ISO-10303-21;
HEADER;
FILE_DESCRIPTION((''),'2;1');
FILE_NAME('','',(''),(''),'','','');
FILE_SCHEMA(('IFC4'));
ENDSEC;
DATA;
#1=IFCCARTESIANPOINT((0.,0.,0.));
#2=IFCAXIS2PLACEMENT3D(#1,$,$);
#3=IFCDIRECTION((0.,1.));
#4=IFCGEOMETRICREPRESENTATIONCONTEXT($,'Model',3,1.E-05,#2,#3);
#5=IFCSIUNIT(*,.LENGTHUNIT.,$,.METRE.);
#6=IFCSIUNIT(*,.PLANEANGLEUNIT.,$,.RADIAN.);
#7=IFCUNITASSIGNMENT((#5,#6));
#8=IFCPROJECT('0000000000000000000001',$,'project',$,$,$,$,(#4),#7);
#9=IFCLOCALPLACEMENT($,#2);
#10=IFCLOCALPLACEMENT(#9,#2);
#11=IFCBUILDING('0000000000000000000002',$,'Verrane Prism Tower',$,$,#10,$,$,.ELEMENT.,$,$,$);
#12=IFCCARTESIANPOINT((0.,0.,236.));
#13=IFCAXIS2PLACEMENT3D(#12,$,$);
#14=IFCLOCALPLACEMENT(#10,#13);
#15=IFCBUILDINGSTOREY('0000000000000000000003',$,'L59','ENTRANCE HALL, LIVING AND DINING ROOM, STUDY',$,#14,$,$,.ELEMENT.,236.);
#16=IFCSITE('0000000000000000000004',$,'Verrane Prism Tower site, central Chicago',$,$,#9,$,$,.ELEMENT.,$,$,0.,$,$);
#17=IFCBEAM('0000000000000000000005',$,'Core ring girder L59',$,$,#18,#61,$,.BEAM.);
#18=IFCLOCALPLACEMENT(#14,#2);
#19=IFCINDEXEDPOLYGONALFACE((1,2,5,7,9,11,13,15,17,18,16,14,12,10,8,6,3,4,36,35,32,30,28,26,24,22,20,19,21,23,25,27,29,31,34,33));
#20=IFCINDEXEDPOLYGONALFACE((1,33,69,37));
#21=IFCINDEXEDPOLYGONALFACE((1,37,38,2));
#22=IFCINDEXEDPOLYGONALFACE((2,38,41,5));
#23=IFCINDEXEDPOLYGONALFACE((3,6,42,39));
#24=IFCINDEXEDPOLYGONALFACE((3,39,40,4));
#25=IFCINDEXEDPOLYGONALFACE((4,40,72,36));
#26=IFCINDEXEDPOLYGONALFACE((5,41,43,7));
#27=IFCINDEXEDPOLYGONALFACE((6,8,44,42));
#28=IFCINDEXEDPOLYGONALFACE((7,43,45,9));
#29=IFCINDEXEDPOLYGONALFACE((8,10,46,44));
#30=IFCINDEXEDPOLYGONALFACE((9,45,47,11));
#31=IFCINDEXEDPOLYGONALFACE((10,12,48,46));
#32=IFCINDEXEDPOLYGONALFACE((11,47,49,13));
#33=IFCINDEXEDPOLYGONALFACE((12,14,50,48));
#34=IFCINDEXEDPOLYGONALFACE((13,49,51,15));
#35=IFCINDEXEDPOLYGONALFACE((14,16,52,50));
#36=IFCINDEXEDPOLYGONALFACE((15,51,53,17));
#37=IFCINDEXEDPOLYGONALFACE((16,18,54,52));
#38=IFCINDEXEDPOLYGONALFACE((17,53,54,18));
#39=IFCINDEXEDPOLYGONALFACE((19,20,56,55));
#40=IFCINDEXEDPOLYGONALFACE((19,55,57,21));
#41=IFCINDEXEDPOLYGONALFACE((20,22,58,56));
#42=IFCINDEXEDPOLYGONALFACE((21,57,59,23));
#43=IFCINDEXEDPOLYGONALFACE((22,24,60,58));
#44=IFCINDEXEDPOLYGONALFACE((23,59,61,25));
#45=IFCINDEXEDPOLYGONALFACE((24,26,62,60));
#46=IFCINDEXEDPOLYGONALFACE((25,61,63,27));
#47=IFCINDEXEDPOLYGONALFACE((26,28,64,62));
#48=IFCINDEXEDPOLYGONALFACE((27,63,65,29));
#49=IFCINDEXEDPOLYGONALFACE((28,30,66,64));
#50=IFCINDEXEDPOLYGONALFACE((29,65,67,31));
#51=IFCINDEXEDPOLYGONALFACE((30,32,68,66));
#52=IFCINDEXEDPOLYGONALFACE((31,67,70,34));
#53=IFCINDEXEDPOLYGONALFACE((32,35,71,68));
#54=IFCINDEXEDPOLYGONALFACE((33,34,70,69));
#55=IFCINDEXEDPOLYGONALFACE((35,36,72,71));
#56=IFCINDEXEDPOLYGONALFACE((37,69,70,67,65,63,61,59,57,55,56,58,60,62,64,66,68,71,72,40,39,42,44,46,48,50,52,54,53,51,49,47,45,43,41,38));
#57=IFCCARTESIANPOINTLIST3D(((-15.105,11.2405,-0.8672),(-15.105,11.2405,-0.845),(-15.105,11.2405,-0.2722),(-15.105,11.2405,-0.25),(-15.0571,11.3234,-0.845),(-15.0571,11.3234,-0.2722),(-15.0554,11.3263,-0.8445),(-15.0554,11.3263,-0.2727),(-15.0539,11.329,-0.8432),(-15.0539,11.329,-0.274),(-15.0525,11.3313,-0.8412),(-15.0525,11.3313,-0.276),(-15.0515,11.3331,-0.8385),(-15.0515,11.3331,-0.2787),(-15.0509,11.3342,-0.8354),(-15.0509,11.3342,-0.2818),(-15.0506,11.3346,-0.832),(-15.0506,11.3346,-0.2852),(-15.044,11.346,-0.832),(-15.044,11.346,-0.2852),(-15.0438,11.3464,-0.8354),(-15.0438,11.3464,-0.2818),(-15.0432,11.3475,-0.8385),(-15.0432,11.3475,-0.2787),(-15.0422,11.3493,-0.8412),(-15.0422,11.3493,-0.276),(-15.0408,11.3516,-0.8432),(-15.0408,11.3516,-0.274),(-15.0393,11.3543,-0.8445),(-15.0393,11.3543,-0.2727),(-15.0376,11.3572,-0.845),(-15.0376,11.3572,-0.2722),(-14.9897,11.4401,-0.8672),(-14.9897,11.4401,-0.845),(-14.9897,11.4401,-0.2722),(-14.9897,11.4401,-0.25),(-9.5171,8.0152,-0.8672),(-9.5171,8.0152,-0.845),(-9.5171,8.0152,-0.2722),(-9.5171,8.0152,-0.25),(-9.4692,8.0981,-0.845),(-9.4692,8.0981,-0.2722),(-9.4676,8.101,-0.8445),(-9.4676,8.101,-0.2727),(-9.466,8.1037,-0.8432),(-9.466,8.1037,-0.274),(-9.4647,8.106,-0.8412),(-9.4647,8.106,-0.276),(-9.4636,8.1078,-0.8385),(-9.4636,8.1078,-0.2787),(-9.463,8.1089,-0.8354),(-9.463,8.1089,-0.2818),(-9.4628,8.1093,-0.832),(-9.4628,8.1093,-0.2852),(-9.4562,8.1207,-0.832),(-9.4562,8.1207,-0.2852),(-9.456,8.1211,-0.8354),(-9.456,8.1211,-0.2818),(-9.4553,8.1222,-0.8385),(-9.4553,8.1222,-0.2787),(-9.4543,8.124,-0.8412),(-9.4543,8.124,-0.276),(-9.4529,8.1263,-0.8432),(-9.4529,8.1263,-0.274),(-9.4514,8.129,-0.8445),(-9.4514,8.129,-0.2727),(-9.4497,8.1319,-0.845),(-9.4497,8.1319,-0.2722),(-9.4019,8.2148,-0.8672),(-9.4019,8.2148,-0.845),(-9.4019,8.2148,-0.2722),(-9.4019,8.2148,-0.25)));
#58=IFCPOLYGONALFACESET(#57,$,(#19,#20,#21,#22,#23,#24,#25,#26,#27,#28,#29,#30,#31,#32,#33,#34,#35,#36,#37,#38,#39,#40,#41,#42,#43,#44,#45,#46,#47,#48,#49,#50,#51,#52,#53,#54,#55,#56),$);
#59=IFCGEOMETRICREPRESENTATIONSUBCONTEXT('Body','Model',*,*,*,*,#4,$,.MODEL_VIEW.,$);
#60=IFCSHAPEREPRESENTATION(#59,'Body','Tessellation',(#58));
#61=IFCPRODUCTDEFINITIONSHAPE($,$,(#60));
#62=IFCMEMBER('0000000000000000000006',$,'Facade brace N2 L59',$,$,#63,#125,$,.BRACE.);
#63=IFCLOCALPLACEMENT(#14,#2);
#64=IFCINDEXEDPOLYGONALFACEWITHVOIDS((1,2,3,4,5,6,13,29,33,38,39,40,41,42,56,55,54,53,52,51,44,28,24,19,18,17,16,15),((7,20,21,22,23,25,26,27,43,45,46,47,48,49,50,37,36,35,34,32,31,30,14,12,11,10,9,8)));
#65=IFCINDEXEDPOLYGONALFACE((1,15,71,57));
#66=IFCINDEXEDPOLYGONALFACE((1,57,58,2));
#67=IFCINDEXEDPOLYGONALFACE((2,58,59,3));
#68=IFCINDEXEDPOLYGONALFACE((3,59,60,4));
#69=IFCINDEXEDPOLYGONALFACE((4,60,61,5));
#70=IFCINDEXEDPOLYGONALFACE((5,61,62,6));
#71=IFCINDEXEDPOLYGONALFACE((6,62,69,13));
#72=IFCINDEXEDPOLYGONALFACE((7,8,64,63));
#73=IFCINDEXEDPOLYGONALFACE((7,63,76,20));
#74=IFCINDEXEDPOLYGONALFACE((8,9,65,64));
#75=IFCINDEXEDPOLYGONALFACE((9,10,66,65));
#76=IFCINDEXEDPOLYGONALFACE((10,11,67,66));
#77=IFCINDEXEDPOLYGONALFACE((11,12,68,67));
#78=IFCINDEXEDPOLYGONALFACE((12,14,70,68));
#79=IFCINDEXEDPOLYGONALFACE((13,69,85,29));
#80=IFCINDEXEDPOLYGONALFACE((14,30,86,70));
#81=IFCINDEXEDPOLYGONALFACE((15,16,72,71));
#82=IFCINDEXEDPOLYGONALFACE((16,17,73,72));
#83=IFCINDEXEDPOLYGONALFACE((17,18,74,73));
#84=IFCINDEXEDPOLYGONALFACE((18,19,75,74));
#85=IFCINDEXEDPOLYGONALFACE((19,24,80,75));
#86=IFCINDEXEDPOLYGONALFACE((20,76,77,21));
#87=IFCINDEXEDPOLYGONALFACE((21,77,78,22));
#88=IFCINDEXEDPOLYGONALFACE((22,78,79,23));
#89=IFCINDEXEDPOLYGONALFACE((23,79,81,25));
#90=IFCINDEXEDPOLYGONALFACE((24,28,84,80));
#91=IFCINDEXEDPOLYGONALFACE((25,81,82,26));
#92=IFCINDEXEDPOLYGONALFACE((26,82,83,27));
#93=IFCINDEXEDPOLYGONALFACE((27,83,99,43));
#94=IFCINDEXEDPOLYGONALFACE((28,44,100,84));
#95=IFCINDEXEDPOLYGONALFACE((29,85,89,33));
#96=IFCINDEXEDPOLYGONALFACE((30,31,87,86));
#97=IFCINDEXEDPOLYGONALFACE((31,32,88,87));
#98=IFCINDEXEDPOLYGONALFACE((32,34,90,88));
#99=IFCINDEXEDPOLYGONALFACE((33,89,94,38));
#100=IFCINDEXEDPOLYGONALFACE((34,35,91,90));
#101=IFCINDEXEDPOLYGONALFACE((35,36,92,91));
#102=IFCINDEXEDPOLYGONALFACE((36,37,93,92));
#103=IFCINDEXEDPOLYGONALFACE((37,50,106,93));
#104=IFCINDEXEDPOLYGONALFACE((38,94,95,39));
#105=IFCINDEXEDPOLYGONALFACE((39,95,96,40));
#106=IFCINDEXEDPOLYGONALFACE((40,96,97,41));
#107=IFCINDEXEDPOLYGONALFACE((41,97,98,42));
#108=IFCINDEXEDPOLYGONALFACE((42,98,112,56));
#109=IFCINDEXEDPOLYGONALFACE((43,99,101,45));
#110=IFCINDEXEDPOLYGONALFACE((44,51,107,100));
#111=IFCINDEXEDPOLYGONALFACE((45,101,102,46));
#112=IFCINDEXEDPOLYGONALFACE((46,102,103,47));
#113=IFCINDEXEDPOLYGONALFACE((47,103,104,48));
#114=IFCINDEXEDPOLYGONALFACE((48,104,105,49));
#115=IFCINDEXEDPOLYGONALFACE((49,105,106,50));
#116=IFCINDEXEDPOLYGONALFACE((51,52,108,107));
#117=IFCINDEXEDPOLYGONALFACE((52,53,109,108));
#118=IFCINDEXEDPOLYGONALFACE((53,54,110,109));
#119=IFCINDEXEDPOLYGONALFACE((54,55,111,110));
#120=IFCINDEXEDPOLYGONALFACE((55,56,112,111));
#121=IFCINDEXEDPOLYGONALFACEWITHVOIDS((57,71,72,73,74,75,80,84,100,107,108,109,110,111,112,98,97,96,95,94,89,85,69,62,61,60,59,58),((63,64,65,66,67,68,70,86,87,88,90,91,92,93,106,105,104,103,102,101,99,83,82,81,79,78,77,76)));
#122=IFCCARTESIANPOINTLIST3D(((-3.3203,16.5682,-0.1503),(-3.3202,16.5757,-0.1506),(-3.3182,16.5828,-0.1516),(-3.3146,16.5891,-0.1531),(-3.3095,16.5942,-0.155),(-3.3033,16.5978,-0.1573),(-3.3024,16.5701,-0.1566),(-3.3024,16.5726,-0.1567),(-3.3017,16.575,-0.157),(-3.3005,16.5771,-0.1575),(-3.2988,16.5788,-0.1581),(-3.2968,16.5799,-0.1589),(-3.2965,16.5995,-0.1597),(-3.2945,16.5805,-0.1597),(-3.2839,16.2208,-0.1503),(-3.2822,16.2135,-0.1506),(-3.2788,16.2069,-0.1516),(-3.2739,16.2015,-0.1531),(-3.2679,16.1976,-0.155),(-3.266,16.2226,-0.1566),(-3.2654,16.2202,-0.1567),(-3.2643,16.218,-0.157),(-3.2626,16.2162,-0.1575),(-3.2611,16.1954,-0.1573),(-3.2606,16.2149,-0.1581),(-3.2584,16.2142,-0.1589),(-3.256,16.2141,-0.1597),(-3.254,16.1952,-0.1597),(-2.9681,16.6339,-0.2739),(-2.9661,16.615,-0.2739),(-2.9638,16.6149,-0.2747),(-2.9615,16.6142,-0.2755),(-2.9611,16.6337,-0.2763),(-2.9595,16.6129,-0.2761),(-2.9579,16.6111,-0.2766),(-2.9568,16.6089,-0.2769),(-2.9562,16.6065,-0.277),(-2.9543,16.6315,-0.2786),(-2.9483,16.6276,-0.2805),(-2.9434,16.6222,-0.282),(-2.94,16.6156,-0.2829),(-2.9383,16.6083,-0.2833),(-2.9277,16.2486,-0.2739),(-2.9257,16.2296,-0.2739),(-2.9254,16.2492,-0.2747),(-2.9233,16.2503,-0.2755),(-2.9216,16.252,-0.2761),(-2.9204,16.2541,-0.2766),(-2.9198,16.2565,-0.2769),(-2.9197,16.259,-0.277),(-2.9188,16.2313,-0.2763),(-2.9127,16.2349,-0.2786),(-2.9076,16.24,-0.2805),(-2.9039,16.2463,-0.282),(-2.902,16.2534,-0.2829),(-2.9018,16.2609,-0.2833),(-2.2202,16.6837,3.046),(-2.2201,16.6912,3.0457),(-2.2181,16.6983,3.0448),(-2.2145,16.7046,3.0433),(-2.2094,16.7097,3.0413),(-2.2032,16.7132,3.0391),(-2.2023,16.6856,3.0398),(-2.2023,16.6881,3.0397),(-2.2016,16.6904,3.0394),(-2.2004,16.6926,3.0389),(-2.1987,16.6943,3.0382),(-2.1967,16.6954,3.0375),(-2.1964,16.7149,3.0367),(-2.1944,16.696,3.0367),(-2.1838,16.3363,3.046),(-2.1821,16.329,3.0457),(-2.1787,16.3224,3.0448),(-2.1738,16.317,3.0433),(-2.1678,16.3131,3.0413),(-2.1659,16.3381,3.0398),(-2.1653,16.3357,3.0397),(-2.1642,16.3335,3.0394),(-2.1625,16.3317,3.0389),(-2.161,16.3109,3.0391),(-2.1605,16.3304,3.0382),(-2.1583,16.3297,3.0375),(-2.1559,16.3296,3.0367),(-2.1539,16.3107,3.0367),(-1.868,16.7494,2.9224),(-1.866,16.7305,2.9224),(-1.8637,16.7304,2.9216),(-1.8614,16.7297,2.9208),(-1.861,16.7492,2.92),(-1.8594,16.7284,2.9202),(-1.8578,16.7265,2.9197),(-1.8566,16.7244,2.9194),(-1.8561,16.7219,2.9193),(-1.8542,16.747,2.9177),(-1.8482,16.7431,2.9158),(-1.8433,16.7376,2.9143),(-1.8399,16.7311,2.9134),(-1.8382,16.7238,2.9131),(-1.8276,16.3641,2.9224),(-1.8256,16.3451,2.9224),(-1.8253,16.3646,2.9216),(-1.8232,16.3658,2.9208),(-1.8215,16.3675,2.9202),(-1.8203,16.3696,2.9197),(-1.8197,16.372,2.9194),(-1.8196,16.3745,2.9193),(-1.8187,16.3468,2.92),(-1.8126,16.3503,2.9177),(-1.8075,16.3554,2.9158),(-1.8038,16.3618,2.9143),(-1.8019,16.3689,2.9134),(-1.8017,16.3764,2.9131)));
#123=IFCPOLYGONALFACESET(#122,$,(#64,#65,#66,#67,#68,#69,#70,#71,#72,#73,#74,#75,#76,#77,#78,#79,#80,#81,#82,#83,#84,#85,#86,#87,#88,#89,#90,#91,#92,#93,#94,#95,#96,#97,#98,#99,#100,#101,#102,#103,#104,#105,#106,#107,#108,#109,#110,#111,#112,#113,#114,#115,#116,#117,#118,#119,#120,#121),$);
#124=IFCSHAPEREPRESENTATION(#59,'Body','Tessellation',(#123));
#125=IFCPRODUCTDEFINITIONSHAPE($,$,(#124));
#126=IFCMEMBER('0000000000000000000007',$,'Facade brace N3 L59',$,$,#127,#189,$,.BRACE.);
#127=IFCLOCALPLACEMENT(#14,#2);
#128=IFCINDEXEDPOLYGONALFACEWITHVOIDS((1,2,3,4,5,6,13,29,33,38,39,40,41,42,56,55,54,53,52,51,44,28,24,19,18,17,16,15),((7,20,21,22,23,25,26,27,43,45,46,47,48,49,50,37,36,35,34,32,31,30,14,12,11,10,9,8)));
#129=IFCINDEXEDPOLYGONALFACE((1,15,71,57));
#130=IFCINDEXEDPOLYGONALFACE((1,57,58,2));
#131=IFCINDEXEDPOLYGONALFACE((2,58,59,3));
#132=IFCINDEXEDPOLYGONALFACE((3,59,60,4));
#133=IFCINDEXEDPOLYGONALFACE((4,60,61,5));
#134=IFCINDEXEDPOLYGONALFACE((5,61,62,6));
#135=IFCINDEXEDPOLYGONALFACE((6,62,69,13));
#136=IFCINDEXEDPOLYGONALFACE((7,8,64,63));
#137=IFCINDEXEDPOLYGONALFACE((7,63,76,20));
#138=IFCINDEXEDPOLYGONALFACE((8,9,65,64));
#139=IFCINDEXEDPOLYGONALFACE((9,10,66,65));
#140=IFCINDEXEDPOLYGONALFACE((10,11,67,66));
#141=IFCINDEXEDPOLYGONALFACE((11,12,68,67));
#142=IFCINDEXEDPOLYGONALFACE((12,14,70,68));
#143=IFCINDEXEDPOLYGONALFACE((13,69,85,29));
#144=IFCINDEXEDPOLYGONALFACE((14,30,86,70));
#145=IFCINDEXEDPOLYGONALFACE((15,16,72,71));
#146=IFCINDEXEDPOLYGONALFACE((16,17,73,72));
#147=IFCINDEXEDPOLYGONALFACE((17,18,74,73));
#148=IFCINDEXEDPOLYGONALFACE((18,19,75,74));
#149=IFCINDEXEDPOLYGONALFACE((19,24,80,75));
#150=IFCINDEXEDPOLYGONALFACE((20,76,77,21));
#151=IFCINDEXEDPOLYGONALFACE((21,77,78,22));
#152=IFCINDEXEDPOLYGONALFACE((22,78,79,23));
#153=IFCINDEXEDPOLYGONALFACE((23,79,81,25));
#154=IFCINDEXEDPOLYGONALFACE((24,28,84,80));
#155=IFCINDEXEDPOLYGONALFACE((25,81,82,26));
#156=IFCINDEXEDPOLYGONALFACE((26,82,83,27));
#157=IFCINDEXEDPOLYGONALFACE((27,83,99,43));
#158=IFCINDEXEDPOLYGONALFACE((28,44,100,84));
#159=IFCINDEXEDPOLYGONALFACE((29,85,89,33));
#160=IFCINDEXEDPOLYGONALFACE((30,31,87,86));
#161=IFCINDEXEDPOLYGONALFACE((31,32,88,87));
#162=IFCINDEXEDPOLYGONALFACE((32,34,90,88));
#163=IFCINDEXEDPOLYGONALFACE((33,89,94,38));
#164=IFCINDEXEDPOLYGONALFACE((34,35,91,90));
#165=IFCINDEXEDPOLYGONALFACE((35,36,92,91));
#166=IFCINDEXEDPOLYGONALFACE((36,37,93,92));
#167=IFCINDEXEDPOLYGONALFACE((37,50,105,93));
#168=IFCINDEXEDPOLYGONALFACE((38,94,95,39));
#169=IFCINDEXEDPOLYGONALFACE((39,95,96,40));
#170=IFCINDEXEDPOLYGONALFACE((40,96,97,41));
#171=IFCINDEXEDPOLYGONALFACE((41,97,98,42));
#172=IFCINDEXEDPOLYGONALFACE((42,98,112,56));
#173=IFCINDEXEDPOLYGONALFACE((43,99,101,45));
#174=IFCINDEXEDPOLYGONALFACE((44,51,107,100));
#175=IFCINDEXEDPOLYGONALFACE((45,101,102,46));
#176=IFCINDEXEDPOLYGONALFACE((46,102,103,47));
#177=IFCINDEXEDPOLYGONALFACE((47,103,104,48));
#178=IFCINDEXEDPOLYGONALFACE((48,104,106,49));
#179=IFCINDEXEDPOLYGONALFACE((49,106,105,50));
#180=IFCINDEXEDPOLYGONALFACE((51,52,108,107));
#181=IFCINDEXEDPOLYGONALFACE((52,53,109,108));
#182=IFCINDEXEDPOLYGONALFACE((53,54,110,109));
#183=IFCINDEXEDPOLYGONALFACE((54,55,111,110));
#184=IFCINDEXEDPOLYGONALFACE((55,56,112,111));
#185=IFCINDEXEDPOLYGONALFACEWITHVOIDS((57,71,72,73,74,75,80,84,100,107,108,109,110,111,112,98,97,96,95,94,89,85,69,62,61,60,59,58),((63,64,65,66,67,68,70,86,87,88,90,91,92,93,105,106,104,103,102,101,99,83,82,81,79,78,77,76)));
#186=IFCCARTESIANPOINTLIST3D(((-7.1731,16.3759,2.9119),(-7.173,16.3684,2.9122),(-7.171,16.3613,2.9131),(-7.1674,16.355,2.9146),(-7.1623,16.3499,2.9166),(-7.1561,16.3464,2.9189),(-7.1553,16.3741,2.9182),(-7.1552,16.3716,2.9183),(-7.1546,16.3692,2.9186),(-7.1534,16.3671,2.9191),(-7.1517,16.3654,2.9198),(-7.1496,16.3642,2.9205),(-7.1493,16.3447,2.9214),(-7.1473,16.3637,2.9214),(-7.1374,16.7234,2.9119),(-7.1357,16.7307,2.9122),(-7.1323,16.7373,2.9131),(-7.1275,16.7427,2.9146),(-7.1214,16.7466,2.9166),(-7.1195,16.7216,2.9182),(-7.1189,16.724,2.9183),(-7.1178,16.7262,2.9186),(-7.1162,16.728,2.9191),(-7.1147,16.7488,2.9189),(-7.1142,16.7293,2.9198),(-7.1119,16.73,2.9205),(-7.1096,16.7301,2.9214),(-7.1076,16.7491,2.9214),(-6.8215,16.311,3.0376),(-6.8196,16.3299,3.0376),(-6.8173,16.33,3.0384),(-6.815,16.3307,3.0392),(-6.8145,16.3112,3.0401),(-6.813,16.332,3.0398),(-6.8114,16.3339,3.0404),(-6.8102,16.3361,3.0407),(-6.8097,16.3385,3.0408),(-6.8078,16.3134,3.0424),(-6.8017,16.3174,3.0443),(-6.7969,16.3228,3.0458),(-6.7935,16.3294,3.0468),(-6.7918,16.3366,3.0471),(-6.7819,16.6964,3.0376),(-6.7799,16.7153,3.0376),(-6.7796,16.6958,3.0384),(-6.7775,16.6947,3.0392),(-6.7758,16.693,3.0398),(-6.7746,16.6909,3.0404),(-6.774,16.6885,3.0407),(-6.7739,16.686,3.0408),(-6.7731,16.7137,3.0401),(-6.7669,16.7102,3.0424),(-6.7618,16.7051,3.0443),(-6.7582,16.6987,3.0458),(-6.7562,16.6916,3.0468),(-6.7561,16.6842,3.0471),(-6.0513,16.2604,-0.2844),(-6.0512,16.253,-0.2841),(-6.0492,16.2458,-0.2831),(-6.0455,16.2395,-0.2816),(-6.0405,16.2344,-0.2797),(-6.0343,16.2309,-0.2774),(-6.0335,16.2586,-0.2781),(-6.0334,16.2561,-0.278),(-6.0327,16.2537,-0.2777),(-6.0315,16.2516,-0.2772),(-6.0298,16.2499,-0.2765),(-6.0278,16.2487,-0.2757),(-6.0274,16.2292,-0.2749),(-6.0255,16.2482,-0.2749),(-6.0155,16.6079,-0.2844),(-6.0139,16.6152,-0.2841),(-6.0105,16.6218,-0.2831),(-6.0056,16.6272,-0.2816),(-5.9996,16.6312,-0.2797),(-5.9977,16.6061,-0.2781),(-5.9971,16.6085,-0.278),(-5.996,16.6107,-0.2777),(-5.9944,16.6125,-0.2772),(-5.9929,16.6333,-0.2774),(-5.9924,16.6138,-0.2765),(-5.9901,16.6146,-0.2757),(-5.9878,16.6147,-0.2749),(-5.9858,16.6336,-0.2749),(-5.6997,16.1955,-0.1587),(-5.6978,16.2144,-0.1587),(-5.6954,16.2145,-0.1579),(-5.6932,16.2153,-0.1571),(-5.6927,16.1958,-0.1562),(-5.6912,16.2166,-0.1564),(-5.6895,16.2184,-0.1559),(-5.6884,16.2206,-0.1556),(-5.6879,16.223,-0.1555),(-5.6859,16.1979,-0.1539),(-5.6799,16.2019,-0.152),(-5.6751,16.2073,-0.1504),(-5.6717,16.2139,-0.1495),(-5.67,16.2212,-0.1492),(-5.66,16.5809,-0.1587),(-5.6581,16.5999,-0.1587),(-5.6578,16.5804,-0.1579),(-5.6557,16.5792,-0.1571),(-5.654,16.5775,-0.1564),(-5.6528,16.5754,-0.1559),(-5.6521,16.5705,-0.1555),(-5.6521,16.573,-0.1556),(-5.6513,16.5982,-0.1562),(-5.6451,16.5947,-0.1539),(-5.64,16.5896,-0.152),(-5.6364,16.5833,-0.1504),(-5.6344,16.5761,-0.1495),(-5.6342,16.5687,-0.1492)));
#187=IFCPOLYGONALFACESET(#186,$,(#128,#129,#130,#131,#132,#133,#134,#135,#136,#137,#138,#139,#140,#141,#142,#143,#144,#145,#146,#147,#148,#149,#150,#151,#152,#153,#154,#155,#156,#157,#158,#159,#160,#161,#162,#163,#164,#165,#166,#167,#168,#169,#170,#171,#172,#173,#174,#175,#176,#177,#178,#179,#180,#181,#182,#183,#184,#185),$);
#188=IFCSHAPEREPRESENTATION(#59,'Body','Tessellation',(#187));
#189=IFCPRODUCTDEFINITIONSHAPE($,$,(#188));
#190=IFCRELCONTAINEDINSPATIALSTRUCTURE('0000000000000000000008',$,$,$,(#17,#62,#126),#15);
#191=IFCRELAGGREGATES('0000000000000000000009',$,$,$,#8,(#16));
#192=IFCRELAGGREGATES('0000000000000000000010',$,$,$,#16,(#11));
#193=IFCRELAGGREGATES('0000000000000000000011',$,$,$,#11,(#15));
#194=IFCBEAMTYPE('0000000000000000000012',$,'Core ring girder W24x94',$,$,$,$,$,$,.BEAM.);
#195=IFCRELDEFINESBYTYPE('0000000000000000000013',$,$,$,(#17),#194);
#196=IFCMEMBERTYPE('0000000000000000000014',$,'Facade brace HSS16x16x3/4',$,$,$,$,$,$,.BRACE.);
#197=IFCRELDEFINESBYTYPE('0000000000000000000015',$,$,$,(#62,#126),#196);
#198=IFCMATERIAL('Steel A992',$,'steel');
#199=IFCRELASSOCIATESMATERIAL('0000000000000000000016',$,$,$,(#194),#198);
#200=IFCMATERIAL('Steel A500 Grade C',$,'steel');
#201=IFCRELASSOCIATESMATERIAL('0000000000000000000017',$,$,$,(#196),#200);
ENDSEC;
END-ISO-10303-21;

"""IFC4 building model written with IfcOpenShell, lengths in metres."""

from ifc_helpers import new_model, si_unit, direction, frame, origin, origin_2d, place, context, subcontext, project, spatial, hollow_rectangle, i_section, extrude, material, material_profile, profile_set, type_object, element, save


model = new_model("IFC4")

# Units and contexts
model_context = context("Model", 3, precision=1e-05, world=origin(), true_north=direction((0.0, 1.0)))
body_context = subcontext(model_context, "Body", "Model", "MODEL_VIEW")
ifc_project = project(units=[si_unit("LENGTHUNIT", "METRE"), si_unit("PLANEANGLEUNIT", "RADIAN")], contexts=[model_context])

# Site, building, storey
site_placement = place(None, origin())
site = spatial("IfcSite", under=ifc_project, at=site_placement, Name="Verrane Prism Tower site, central Chicago", CompositionType="ELEMENT", RefElevation=0.0)
building_placement = place(site_placement, origin())
building = spatial("IfcBuilding", under=site, at=building_placement, Name="Verrane Prism Tower", CompositionType="ELEMENT")
storey_placement = place(building_placement, frame((0.0, 0.0, 236.0)))
storey = spatial("IfcBuildingStorey", under=building, at=storey_placement, Name="L59", Description="ENTRANCE HALL, LIVING AND DINING ROOM, STUDY", CompositionType="ELEMENT", Elevation=236.0)

# Beam
ifc_material_1 = material(Name="Steel A992", Category="steel")
ifc_material_profile_1 = material_profile(ifc_material_1, i_section(OverallWidth=0.2305, OverallDepth=0.6172, WebThickness=0.0132, FlangeThickness=0.0222, FilletRadius=0.0129, at=origin_2d()), Name="W24x94")
ifc_profile_set_1 = profile_set([ifc_material_profile_1], Name="Steel A992")
beam_type_1 = type_object("IfcBeamType", Name="Core ring girder W24x94", PredefinedType="BEAM", material=ifc_profile_set_1)
beam_1_placement = place(storey_placement, frame((-9.4595, 8.115, -0.5586), z_axis=(-0.866081, 0.499904, 0.0), x_axis=(-0.499904, -0.866081, 0.0)))
element("IfcBeam", 1, at=beam_1_placement, inside=storey, type_object=beam_type_1, Name="Core ring girder L59", PredefinedType="BEAM", context=body_context, shape_type="SweptSolid", body=[
    extrude(i_section(OverallWidth=0.2305, OverallDepth=0.6172, WebThickness=0.0132, FlangeThickness=0.0222, FilletRadius=0.0129, at=origin_2d()), origin(), (0.0, 0.0, 1.0), 6.4519),
])

# Members
ifc_material_2 = material(Name="Steel A500 Grade C", Category="steel")
ifc_material_profile_2 = material_profile(ifc_material_2, hollow_rectangle(XDim=0.4065, YDim=0.4065, WallThickness=0.019, InnerFilletRadius=0.0095, OuterFilletRadius=0.0286, at=origin_2d()), Name="HSS16x16x3/4")
ifc_profile_set_2 = profile_set([ifc_material_profile_2], Name="Steel A500 Grade C")
member_type_1 = type_object("IfcMemberType", Name="Facade brace HSS16x16x3/4", PredefinedType="BRACE", material=ifc_profile_set_2)
member_1_placement = place(storey_placement, frame((-3.1111, 16.4146, -0.2168), z_axis=(0.325253, 0.034142, 0.94501), x_axis=(-0.104398, 0.994536, 0.0)))
element("IfcMember", 2, at=member_1_placement, inside=storey, type_object=member_type_1, Name="Facade brace N2 L59", PredefinedType="BRACE", context=body_context, shape_type="SweptSolid", body=[
    extrude(hollow_rectangle(XDim=0.4065, YDim=0.4065, WallThickness=0.019, InnerFilletRadius=0.0095, OuterFilletRadius=0.0286, at=origin_2d()), origin(), (0.0, 0.0, 1.0), 3.3823),
])
member_2_placement = place(storey_placement, frame((-5.8428, 16.4146, -0.2168), z_axis=(-0.33098, 0.03407, 0.943023), x_axis=(-0.102397, -0.994744, 0.0)))
element("IfcMember", 3, at=member_2_placement, inside=storey, type_object=member_type_1, Name="Facade brace N3 L59", PredefinedType="BRACE", context=body_context, shape_type="SweptSolid", body=[
    extrude(hollow_rectangle(XDim=0.4065, YDim=0.4065, WallThickness=0.019, InnerFilletRadius=0.0095, OuterFilletRadius=0.0286, at=origin_2d()), origin(), (0.0, 0.0, 1.0), 3.3894),
])

save(model, "model.ifc")
